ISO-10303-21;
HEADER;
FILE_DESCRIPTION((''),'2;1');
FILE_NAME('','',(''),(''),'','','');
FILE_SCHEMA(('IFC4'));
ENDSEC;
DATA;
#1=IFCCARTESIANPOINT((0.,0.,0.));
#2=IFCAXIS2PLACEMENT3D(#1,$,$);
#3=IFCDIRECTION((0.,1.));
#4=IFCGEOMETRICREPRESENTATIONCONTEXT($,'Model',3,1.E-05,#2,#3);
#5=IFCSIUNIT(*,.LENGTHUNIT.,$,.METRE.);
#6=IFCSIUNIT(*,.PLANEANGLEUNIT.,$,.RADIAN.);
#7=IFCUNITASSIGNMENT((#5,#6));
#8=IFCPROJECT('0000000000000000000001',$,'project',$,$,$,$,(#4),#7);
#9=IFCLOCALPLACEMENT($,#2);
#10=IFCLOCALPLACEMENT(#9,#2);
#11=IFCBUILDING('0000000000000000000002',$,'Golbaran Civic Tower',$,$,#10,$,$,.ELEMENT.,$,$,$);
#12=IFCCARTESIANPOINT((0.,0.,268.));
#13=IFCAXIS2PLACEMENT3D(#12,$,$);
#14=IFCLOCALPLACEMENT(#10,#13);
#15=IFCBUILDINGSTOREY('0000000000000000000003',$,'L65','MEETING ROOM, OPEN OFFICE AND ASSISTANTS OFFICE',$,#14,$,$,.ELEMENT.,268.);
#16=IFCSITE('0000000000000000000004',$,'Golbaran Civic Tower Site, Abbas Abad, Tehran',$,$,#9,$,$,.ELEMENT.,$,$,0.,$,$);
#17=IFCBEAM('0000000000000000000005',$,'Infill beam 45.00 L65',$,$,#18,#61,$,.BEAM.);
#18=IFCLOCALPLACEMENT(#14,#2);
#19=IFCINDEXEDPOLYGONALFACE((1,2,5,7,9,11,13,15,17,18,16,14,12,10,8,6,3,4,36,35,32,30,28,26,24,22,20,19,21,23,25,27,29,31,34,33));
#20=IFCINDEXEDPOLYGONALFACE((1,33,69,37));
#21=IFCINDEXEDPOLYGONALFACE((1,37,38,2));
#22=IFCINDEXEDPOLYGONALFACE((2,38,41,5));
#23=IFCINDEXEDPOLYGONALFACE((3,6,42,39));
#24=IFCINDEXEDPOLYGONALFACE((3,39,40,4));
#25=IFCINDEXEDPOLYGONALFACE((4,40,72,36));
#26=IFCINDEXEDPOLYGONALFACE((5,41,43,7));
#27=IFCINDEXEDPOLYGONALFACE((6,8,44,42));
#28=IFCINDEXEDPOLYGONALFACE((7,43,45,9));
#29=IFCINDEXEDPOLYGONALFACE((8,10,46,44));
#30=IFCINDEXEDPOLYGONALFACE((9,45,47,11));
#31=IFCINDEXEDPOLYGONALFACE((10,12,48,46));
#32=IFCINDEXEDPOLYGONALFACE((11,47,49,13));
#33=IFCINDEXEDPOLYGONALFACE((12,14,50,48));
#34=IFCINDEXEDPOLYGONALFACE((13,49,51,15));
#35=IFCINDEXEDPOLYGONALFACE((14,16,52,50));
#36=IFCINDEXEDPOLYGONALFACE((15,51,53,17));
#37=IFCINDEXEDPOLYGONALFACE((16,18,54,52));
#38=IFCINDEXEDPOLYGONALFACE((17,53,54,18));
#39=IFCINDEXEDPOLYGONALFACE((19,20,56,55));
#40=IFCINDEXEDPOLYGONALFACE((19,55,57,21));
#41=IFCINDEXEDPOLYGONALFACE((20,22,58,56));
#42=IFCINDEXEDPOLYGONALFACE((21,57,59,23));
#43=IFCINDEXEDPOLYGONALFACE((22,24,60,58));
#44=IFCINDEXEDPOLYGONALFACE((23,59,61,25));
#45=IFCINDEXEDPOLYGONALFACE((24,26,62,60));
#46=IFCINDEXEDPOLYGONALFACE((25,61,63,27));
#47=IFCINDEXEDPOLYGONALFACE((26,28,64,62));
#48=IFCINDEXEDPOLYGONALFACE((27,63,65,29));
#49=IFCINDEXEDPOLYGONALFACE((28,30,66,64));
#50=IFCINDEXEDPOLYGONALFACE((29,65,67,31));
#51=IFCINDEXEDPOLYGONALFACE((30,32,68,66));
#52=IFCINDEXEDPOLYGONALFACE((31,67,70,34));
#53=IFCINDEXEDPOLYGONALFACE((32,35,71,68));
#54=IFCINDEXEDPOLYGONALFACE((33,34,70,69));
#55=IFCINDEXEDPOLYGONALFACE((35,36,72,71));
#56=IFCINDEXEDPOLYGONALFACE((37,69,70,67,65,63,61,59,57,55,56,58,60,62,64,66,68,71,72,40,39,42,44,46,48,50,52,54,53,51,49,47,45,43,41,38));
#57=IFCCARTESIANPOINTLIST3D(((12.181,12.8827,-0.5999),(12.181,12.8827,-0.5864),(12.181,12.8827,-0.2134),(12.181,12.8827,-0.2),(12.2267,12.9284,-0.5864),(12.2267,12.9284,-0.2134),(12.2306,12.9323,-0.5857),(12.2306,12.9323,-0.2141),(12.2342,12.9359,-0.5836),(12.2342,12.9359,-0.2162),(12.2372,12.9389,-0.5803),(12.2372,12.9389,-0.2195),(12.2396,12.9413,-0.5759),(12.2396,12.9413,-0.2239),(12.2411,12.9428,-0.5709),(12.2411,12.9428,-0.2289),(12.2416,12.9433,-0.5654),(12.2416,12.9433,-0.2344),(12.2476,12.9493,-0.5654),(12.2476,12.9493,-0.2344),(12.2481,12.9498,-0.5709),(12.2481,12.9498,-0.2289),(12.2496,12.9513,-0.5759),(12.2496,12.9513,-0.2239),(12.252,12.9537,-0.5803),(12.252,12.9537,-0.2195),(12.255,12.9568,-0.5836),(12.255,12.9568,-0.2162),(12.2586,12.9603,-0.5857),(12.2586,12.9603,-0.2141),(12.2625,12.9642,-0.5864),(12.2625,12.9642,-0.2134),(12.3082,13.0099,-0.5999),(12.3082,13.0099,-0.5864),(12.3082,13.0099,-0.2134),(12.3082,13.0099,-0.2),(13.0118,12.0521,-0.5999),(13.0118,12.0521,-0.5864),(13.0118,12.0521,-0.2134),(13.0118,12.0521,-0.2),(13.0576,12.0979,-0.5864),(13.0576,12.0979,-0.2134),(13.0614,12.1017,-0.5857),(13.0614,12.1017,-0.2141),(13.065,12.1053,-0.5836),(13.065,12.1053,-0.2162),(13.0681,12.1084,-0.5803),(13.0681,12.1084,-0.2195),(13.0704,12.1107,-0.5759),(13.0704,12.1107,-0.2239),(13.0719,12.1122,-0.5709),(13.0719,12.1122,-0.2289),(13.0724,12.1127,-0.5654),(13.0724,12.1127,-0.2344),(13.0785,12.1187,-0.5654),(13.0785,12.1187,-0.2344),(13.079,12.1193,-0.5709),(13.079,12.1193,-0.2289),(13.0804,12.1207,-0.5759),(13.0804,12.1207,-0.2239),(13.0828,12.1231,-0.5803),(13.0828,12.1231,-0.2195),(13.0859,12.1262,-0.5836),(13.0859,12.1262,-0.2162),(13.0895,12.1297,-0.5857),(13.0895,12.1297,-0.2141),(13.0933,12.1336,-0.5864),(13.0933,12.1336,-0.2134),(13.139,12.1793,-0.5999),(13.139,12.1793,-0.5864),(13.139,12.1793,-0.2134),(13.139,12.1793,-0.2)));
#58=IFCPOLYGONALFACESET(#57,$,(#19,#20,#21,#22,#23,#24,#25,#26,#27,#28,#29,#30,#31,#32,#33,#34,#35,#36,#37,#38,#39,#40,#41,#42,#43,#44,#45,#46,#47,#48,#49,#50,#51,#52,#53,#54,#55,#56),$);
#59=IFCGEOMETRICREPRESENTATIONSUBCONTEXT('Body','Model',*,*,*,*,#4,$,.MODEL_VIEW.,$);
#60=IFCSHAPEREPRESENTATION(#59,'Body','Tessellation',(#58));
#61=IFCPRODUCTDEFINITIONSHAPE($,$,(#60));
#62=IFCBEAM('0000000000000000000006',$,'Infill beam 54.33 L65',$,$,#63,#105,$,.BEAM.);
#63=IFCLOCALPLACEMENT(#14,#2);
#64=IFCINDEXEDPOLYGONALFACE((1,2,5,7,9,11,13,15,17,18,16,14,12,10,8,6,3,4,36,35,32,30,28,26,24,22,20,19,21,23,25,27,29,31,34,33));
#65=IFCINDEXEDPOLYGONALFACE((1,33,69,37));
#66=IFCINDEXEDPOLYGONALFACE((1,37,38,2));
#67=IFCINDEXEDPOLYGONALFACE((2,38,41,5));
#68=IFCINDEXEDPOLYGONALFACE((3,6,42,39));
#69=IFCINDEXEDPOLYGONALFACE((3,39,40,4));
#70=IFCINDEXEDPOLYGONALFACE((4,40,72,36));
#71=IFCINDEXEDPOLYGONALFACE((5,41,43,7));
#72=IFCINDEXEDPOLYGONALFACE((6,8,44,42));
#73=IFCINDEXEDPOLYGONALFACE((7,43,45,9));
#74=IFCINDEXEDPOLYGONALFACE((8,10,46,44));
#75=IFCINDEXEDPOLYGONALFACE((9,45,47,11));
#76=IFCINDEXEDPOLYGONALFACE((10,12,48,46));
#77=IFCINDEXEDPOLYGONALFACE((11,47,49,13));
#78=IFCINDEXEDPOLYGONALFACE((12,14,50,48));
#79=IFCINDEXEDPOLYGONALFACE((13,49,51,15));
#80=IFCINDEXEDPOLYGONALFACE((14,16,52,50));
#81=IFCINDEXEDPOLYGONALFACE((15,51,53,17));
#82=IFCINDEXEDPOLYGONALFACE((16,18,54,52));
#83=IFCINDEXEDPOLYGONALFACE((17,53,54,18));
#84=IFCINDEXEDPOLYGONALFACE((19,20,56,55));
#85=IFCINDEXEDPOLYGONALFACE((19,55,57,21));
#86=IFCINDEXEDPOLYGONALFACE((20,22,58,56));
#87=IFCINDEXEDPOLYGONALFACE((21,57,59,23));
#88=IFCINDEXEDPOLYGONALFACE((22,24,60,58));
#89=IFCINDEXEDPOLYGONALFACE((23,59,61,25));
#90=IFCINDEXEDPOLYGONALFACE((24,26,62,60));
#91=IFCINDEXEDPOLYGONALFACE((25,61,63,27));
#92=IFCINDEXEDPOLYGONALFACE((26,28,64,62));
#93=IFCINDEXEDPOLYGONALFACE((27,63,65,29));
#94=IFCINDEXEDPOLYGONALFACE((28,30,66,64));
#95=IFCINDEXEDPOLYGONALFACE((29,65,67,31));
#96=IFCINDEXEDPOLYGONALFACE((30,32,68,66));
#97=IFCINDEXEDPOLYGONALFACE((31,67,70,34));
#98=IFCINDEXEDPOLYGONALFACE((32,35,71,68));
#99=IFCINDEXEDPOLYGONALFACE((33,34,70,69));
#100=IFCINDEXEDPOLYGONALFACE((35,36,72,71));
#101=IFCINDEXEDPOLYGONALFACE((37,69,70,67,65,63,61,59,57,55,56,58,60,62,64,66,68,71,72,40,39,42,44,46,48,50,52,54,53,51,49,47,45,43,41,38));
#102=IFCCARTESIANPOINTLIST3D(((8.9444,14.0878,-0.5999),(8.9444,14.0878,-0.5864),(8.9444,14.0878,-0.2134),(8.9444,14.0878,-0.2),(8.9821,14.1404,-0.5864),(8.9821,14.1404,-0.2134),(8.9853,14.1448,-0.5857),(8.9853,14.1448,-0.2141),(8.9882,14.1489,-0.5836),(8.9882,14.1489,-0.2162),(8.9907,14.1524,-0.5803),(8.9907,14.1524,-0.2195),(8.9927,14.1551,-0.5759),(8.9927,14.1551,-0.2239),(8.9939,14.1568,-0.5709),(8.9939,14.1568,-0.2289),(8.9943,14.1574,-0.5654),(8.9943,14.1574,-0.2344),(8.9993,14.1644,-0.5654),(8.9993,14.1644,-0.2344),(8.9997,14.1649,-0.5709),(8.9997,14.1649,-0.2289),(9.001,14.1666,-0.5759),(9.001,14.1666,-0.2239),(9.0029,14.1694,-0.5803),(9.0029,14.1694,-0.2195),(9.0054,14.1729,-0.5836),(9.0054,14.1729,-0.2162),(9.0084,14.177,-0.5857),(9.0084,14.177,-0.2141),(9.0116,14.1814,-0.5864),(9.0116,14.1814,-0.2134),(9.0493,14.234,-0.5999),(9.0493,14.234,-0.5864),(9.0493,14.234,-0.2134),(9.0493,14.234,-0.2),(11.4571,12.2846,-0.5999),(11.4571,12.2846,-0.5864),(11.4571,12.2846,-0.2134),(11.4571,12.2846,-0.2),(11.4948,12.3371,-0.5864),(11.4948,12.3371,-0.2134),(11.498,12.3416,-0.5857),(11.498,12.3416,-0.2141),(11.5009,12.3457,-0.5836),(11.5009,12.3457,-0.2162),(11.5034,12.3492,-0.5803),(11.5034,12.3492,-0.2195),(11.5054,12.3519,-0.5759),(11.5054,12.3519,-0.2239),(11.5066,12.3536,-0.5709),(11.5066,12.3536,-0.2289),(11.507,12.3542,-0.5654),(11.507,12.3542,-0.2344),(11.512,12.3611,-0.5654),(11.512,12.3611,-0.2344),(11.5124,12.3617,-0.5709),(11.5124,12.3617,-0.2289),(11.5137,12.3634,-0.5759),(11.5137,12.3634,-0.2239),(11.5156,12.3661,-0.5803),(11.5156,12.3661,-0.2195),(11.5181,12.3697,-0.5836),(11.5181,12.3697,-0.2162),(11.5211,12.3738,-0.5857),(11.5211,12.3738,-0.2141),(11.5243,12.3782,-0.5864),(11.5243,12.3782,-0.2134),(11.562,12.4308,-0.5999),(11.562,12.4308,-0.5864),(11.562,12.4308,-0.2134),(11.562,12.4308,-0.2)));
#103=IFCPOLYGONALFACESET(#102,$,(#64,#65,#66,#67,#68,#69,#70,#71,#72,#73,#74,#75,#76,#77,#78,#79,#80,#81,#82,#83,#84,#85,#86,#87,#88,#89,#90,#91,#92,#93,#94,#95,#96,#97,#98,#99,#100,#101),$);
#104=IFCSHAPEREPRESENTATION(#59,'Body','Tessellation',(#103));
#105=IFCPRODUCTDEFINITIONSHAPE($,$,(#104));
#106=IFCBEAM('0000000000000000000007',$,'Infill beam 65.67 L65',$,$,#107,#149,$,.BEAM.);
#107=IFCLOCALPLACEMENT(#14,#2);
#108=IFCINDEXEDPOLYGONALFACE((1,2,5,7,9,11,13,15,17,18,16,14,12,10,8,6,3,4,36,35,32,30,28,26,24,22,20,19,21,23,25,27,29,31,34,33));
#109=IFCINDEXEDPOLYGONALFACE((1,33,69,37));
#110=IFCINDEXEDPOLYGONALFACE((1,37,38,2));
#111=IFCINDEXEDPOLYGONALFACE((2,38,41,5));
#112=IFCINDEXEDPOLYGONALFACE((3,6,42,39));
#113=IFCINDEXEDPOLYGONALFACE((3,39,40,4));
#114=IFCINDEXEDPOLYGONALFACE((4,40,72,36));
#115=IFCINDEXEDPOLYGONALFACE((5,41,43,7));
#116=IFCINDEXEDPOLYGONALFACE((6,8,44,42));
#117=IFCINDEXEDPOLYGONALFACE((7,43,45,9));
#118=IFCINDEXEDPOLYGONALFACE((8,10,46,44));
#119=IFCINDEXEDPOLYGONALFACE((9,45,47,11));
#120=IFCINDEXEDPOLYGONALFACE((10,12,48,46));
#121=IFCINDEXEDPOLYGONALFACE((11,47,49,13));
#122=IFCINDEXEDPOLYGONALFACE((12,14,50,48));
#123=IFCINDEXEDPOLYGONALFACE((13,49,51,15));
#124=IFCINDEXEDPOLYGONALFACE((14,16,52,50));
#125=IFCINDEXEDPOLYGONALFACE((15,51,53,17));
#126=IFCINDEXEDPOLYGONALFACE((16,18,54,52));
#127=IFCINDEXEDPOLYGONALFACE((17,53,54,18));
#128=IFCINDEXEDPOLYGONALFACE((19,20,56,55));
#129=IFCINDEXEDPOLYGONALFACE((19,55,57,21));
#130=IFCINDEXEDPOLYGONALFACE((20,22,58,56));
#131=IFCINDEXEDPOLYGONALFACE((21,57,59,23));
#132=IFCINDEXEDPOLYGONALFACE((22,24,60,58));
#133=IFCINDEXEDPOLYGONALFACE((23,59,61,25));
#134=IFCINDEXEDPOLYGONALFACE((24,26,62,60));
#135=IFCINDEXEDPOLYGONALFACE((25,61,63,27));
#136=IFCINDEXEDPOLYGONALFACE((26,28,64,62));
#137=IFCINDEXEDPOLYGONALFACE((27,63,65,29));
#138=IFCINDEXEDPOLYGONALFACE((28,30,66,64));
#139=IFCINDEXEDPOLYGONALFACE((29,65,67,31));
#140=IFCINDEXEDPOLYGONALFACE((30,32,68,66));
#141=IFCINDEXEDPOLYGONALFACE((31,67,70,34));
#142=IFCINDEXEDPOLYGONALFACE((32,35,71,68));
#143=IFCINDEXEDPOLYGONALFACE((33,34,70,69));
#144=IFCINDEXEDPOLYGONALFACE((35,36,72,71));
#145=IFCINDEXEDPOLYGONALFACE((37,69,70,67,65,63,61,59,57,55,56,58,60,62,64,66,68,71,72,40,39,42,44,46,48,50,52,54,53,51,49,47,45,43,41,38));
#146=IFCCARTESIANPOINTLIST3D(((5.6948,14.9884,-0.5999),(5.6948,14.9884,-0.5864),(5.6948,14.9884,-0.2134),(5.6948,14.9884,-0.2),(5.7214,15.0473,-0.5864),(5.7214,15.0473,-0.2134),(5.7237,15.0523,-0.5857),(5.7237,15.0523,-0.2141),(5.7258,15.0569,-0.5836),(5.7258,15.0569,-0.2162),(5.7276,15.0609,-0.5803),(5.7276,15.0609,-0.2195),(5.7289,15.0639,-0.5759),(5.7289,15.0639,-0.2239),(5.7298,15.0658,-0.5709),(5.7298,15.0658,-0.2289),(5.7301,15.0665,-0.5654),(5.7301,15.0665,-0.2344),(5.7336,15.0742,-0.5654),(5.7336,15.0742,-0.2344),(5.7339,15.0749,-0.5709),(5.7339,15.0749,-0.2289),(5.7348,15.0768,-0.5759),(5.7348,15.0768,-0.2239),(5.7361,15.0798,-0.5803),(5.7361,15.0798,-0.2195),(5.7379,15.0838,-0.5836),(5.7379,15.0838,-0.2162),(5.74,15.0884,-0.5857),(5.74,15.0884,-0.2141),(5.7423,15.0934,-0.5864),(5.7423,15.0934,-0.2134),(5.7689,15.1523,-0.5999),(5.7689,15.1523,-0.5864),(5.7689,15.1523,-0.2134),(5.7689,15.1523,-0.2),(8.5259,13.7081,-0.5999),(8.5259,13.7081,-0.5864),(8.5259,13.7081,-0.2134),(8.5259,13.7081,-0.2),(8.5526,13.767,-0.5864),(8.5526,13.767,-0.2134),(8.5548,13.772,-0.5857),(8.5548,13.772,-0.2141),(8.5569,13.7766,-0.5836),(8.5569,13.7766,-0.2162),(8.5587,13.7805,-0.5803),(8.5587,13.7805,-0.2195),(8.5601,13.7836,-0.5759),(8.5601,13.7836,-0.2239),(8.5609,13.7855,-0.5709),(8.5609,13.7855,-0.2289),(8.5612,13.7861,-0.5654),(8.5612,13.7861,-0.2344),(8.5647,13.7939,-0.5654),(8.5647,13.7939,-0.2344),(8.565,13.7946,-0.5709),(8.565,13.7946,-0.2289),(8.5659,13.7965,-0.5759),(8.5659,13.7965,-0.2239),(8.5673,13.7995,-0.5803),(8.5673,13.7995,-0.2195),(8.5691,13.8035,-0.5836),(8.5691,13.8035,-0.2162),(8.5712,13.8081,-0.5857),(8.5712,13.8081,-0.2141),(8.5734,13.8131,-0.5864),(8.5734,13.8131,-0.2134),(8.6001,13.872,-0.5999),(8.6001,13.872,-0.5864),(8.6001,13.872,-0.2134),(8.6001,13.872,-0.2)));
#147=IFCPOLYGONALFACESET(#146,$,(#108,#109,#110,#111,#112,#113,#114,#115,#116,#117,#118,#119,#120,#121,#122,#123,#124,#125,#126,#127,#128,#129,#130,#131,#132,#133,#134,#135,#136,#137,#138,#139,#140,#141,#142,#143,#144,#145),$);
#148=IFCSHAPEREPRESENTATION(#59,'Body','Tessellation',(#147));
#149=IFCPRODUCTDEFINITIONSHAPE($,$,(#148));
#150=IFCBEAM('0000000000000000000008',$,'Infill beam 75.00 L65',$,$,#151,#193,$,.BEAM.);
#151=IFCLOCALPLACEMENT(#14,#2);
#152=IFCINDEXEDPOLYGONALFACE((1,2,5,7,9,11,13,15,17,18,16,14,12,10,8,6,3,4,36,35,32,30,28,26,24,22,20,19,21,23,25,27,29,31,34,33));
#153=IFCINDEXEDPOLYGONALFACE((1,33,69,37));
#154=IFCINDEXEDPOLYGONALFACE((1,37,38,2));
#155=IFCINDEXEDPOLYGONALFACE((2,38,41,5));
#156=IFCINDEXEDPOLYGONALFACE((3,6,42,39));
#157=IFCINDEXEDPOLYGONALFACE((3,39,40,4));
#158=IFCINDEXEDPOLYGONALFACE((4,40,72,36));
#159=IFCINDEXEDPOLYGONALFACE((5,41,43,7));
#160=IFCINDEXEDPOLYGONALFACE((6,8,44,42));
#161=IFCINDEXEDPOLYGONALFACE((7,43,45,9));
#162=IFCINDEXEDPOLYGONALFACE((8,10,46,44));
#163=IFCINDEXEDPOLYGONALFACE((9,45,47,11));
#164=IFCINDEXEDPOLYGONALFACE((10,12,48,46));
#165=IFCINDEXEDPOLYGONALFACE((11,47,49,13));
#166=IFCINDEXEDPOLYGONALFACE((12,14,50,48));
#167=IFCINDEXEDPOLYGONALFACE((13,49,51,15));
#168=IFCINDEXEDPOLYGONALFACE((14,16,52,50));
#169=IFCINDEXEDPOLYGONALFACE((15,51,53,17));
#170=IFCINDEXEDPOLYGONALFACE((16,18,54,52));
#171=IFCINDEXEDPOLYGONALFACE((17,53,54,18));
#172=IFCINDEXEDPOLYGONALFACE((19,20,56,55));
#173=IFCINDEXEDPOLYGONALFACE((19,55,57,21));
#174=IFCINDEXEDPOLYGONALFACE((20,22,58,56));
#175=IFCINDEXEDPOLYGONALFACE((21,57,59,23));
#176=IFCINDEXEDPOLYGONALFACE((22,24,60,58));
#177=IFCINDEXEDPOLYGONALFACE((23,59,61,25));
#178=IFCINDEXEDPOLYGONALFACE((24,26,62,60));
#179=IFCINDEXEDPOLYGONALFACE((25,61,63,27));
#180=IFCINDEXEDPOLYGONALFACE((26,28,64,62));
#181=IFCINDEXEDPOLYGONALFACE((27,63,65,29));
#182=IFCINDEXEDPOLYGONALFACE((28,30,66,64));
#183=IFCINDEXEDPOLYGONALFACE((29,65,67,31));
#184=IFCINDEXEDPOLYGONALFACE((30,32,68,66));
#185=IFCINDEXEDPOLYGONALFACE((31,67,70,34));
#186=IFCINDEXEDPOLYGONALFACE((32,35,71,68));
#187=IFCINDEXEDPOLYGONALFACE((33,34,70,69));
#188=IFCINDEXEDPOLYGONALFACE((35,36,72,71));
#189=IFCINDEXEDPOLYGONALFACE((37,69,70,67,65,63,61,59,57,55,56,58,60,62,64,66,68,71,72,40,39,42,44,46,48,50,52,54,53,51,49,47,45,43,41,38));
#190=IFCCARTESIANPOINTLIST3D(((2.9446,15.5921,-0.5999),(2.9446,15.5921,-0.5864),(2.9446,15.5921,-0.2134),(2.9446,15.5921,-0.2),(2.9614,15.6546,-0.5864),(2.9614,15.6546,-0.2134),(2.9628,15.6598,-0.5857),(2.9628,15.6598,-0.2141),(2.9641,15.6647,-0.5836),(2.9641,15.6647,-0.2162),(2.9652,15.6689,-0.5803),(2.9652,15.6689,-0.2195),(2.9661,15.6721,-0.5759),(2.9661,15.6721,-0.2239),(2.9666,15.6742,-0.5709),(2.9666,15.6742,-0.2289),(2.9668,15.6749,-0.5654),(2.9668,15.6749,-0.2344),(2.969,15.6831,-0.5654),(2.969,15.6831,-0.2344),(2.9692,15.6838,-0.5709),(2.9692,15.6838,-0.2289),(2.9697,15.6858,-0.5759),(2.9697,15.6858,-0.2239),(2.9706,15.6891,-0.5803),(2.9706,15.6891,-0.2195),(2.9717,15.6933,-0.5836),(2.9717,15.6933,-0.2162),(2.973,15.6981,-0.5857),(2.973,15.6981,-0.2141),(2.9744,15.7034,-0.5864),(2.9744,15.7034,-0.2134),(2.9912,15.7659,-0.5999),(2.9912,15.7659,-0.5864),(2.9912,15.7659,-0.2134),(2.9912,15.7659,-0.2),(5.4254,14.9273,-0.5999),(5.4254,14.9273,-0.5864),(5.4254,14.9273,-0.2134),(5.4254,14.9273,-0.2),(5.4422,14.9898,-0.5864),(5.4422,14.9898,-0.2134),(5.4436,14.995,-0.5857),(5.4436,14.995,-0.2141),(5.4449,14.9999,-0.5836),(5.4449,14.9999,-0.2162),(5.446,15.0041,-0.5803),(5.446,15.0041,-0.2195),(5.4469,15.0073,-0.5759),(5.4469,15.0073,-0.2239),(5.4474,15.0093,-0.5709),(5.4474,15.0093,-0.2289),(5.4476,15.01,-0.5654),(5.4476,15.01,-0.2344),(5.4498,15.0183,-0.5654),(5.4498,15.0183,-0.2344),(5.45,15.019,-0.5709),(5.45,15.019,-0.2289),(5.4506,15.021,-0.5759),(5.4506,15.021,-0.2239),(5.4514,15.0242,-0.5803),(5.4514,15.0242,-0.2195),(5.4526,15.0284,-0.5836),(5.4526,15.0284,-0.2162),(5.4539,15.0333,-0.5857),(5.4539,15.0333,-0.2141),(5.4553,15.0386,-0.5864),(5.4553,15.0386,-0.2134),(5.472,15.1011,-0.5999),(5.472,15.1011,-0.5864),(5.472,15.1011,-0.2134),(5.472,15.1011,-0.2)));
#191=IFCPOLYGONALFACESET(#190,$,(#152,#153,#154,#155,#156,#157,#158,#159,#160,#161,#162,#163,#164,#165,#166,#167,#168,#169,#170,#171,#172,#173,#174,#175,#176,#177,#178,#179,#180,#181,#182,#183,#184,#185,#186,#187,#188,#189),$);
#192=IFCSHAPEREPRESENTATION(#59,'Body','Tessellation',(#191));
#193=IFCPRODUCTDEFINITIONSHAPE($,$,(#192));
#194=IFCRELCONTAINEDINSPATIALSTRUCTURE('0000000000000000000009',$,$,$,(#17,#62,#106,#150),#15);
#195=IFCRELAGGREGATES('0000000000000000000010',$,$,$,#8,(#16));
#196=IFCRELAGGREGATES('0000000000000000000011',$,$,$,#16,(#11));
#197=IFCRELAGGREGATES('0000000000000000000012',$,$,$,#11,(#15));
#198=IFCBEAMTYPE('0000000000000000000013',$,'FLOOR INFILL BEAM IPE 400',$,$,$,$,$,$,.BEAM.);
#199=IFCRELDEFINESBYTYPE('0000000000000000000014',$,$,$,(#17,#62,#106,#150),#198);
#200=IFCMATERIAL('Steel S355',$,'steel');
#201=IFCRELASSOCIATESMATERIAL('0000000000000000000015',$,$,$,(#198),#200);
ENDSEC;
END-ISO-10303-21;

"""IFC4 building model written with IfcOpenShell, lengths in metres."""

from ifc_helpers import new_model, si_unit, direction, frame, origin, origin_2d, place, context, subcontext, project, spatial, i_section, extrude, material, material_profile, profile_set, type_object, element, save


model = new_model("IFC4")

# Units and contexts
model_context = context("Model", 3, precision=1e-05, world=origin(), true_north=direction((0.0, 1.0)))
body_context = subcontext(model_context, "Body", "Model", "MODEL_VIEW")
ifc_project = project(units=[si_unit("LENGTHUNIT", "METRE"), si_unit("PLANEANGLEUNIT", "RADIAN")], contexts=[model_context])

# Site, building, storey
site_placement = place(None, origin())
site = spatial("IfcSite", under=ifc_project, at=site_placement, Name="Golbaran Civic Tower Site, Abbas Abad, Tehran", CompositionType="ELEMENT", RefElevation=0.0)
building_placement = place(site_placement, origin())
building = spatial("IfcBuilding", under=site, at=building_placement, Name="Golbaran Civic Tower", CompositionType="ELEMENT")
storey_placement = place(building_placement, frame((0.0, 0.0, 268.0)))
storey = spatial("IfcBuildingStorey", under=building, at=storey_placement, Name="L65", Description="MEETING ROOM, OPEN OFFICE AND ASSISTANTS OFFICE", CompositionType="ELEMENT", Elevation=268.0)

# Beams
ifc_material_1 = material(Name="Steel S355", Category="steel")
ifc_material_profile_1 = material_profile(ifc_material_1, i_section(OverallWidth=0.1799, OverallDepth=0.3999, WebThickness=0.0085, FlangeThickness=0.0134, FilletRadius=0.021, at=origin_2d()), Name="IPE 400")
ifc_profile_set_1 = profile_set([ifc_material_profile_1], Name="Steel S355")
beam_type_1 = type_object("IfcBeamType", Name="FLOOR INFILL BEAM IPE 400", PredefinedType="BEAM", material=ifc_profile_set_1)
beam_1_placement = place(storey_placement, frame((13.0754, 12.1157, -0.3999), z_axis=(-0.707211, 0.707003, 0.0), x_axis=(-0.707003, -0.707211, 0.0)))
element("IfcBeam", 1, at=beam_1_placement, inside=storey, type_object=beam_type_1, Name="Infill beam 45.00 L65", PredefinedType="BEAM", context=body_context, shape_type="SweptSolid", body=[
    extrude(i_section(OverallWidth=0.1799, OverallDepth=0.3999, WebThickness=0.0085, FlangeThickness=0.0134, FilletRadius=0.021, at=origin_2d()), origin(), (0.0, 0.0, 1.0), 1.1748),
])
beam_2_placement = place(storey_placement, frame((11.5095, 12.3577, -0.3999), z_axis=(-0.812441, 0.583044, 0.0), x_axis=(-0.583044, -0.812441, 0.0)))
element("IfcBeam", 2, at=beam_2_placement, inside=storey, type_object=beam_type_1, Name="Infill beam 54.33 L65", PredefinedType="BEAM", context=body_context, shape_type="SweptSolid", body=[
    extrude(i_section(OverallWidth=0.1799, OverallDepth=0.3999, WebThickness=0.0085, FlangeThickness=0.0134, FilletRadius=0.021, at=origin_2d()), origin(), (0.0, 0.0, 1.0), 3.0928),
])
beam_3_placement = place(storey_placement, frame((8.563, 13.79, -0.3999), z_axis=(-0.911161, 0.41205, 0.0), x_axis=(-0.41205, -0.911161, 0.0)))
element("IfcBeam", 3, at=beam_3_placement, inside=storey, type_object=beam_type_1, Name="Infill beam 65.67 L65", PredefinedType="BEAM", context=body_context, shape_type="SweptSolid", body=[
    extrude(i_section(OverallWidth=0.1799, OverallDepth=0.3999, WebThickness=0.0085, FlangeThickness=0.0134, FilletRadius=0.021, at=origin_2d()), origin(), (0.0, 0.0, 1.0), 3.1072),
])
beam_4_placement = place(storey_placement, frame((5.4487, 15.0142, -0.3999), z_axis=(-0.965917, 0.258852, 0.0), x_axis=(-0.258852, -0.965917, 0.0)))
element("IfcBeam", 4, at=beam_4_placement, inside=storey, type_object=beam_type_1, Name="Infill beam 75.00 L65", PredefinedType="BEAM", context=body_context, shape_type="SweptSolid", body=[
    extrude(i_section(OverallWidth=0.1799, OverallDepth=0.3999, WebThickness=0.0085, FlangeThickness=0.0134, FilletRadius=0.021, at=origin_2d()), origin(), (0.0, 0.0, 1.0), 2.5684),
])

save(model, "model.ifc")
